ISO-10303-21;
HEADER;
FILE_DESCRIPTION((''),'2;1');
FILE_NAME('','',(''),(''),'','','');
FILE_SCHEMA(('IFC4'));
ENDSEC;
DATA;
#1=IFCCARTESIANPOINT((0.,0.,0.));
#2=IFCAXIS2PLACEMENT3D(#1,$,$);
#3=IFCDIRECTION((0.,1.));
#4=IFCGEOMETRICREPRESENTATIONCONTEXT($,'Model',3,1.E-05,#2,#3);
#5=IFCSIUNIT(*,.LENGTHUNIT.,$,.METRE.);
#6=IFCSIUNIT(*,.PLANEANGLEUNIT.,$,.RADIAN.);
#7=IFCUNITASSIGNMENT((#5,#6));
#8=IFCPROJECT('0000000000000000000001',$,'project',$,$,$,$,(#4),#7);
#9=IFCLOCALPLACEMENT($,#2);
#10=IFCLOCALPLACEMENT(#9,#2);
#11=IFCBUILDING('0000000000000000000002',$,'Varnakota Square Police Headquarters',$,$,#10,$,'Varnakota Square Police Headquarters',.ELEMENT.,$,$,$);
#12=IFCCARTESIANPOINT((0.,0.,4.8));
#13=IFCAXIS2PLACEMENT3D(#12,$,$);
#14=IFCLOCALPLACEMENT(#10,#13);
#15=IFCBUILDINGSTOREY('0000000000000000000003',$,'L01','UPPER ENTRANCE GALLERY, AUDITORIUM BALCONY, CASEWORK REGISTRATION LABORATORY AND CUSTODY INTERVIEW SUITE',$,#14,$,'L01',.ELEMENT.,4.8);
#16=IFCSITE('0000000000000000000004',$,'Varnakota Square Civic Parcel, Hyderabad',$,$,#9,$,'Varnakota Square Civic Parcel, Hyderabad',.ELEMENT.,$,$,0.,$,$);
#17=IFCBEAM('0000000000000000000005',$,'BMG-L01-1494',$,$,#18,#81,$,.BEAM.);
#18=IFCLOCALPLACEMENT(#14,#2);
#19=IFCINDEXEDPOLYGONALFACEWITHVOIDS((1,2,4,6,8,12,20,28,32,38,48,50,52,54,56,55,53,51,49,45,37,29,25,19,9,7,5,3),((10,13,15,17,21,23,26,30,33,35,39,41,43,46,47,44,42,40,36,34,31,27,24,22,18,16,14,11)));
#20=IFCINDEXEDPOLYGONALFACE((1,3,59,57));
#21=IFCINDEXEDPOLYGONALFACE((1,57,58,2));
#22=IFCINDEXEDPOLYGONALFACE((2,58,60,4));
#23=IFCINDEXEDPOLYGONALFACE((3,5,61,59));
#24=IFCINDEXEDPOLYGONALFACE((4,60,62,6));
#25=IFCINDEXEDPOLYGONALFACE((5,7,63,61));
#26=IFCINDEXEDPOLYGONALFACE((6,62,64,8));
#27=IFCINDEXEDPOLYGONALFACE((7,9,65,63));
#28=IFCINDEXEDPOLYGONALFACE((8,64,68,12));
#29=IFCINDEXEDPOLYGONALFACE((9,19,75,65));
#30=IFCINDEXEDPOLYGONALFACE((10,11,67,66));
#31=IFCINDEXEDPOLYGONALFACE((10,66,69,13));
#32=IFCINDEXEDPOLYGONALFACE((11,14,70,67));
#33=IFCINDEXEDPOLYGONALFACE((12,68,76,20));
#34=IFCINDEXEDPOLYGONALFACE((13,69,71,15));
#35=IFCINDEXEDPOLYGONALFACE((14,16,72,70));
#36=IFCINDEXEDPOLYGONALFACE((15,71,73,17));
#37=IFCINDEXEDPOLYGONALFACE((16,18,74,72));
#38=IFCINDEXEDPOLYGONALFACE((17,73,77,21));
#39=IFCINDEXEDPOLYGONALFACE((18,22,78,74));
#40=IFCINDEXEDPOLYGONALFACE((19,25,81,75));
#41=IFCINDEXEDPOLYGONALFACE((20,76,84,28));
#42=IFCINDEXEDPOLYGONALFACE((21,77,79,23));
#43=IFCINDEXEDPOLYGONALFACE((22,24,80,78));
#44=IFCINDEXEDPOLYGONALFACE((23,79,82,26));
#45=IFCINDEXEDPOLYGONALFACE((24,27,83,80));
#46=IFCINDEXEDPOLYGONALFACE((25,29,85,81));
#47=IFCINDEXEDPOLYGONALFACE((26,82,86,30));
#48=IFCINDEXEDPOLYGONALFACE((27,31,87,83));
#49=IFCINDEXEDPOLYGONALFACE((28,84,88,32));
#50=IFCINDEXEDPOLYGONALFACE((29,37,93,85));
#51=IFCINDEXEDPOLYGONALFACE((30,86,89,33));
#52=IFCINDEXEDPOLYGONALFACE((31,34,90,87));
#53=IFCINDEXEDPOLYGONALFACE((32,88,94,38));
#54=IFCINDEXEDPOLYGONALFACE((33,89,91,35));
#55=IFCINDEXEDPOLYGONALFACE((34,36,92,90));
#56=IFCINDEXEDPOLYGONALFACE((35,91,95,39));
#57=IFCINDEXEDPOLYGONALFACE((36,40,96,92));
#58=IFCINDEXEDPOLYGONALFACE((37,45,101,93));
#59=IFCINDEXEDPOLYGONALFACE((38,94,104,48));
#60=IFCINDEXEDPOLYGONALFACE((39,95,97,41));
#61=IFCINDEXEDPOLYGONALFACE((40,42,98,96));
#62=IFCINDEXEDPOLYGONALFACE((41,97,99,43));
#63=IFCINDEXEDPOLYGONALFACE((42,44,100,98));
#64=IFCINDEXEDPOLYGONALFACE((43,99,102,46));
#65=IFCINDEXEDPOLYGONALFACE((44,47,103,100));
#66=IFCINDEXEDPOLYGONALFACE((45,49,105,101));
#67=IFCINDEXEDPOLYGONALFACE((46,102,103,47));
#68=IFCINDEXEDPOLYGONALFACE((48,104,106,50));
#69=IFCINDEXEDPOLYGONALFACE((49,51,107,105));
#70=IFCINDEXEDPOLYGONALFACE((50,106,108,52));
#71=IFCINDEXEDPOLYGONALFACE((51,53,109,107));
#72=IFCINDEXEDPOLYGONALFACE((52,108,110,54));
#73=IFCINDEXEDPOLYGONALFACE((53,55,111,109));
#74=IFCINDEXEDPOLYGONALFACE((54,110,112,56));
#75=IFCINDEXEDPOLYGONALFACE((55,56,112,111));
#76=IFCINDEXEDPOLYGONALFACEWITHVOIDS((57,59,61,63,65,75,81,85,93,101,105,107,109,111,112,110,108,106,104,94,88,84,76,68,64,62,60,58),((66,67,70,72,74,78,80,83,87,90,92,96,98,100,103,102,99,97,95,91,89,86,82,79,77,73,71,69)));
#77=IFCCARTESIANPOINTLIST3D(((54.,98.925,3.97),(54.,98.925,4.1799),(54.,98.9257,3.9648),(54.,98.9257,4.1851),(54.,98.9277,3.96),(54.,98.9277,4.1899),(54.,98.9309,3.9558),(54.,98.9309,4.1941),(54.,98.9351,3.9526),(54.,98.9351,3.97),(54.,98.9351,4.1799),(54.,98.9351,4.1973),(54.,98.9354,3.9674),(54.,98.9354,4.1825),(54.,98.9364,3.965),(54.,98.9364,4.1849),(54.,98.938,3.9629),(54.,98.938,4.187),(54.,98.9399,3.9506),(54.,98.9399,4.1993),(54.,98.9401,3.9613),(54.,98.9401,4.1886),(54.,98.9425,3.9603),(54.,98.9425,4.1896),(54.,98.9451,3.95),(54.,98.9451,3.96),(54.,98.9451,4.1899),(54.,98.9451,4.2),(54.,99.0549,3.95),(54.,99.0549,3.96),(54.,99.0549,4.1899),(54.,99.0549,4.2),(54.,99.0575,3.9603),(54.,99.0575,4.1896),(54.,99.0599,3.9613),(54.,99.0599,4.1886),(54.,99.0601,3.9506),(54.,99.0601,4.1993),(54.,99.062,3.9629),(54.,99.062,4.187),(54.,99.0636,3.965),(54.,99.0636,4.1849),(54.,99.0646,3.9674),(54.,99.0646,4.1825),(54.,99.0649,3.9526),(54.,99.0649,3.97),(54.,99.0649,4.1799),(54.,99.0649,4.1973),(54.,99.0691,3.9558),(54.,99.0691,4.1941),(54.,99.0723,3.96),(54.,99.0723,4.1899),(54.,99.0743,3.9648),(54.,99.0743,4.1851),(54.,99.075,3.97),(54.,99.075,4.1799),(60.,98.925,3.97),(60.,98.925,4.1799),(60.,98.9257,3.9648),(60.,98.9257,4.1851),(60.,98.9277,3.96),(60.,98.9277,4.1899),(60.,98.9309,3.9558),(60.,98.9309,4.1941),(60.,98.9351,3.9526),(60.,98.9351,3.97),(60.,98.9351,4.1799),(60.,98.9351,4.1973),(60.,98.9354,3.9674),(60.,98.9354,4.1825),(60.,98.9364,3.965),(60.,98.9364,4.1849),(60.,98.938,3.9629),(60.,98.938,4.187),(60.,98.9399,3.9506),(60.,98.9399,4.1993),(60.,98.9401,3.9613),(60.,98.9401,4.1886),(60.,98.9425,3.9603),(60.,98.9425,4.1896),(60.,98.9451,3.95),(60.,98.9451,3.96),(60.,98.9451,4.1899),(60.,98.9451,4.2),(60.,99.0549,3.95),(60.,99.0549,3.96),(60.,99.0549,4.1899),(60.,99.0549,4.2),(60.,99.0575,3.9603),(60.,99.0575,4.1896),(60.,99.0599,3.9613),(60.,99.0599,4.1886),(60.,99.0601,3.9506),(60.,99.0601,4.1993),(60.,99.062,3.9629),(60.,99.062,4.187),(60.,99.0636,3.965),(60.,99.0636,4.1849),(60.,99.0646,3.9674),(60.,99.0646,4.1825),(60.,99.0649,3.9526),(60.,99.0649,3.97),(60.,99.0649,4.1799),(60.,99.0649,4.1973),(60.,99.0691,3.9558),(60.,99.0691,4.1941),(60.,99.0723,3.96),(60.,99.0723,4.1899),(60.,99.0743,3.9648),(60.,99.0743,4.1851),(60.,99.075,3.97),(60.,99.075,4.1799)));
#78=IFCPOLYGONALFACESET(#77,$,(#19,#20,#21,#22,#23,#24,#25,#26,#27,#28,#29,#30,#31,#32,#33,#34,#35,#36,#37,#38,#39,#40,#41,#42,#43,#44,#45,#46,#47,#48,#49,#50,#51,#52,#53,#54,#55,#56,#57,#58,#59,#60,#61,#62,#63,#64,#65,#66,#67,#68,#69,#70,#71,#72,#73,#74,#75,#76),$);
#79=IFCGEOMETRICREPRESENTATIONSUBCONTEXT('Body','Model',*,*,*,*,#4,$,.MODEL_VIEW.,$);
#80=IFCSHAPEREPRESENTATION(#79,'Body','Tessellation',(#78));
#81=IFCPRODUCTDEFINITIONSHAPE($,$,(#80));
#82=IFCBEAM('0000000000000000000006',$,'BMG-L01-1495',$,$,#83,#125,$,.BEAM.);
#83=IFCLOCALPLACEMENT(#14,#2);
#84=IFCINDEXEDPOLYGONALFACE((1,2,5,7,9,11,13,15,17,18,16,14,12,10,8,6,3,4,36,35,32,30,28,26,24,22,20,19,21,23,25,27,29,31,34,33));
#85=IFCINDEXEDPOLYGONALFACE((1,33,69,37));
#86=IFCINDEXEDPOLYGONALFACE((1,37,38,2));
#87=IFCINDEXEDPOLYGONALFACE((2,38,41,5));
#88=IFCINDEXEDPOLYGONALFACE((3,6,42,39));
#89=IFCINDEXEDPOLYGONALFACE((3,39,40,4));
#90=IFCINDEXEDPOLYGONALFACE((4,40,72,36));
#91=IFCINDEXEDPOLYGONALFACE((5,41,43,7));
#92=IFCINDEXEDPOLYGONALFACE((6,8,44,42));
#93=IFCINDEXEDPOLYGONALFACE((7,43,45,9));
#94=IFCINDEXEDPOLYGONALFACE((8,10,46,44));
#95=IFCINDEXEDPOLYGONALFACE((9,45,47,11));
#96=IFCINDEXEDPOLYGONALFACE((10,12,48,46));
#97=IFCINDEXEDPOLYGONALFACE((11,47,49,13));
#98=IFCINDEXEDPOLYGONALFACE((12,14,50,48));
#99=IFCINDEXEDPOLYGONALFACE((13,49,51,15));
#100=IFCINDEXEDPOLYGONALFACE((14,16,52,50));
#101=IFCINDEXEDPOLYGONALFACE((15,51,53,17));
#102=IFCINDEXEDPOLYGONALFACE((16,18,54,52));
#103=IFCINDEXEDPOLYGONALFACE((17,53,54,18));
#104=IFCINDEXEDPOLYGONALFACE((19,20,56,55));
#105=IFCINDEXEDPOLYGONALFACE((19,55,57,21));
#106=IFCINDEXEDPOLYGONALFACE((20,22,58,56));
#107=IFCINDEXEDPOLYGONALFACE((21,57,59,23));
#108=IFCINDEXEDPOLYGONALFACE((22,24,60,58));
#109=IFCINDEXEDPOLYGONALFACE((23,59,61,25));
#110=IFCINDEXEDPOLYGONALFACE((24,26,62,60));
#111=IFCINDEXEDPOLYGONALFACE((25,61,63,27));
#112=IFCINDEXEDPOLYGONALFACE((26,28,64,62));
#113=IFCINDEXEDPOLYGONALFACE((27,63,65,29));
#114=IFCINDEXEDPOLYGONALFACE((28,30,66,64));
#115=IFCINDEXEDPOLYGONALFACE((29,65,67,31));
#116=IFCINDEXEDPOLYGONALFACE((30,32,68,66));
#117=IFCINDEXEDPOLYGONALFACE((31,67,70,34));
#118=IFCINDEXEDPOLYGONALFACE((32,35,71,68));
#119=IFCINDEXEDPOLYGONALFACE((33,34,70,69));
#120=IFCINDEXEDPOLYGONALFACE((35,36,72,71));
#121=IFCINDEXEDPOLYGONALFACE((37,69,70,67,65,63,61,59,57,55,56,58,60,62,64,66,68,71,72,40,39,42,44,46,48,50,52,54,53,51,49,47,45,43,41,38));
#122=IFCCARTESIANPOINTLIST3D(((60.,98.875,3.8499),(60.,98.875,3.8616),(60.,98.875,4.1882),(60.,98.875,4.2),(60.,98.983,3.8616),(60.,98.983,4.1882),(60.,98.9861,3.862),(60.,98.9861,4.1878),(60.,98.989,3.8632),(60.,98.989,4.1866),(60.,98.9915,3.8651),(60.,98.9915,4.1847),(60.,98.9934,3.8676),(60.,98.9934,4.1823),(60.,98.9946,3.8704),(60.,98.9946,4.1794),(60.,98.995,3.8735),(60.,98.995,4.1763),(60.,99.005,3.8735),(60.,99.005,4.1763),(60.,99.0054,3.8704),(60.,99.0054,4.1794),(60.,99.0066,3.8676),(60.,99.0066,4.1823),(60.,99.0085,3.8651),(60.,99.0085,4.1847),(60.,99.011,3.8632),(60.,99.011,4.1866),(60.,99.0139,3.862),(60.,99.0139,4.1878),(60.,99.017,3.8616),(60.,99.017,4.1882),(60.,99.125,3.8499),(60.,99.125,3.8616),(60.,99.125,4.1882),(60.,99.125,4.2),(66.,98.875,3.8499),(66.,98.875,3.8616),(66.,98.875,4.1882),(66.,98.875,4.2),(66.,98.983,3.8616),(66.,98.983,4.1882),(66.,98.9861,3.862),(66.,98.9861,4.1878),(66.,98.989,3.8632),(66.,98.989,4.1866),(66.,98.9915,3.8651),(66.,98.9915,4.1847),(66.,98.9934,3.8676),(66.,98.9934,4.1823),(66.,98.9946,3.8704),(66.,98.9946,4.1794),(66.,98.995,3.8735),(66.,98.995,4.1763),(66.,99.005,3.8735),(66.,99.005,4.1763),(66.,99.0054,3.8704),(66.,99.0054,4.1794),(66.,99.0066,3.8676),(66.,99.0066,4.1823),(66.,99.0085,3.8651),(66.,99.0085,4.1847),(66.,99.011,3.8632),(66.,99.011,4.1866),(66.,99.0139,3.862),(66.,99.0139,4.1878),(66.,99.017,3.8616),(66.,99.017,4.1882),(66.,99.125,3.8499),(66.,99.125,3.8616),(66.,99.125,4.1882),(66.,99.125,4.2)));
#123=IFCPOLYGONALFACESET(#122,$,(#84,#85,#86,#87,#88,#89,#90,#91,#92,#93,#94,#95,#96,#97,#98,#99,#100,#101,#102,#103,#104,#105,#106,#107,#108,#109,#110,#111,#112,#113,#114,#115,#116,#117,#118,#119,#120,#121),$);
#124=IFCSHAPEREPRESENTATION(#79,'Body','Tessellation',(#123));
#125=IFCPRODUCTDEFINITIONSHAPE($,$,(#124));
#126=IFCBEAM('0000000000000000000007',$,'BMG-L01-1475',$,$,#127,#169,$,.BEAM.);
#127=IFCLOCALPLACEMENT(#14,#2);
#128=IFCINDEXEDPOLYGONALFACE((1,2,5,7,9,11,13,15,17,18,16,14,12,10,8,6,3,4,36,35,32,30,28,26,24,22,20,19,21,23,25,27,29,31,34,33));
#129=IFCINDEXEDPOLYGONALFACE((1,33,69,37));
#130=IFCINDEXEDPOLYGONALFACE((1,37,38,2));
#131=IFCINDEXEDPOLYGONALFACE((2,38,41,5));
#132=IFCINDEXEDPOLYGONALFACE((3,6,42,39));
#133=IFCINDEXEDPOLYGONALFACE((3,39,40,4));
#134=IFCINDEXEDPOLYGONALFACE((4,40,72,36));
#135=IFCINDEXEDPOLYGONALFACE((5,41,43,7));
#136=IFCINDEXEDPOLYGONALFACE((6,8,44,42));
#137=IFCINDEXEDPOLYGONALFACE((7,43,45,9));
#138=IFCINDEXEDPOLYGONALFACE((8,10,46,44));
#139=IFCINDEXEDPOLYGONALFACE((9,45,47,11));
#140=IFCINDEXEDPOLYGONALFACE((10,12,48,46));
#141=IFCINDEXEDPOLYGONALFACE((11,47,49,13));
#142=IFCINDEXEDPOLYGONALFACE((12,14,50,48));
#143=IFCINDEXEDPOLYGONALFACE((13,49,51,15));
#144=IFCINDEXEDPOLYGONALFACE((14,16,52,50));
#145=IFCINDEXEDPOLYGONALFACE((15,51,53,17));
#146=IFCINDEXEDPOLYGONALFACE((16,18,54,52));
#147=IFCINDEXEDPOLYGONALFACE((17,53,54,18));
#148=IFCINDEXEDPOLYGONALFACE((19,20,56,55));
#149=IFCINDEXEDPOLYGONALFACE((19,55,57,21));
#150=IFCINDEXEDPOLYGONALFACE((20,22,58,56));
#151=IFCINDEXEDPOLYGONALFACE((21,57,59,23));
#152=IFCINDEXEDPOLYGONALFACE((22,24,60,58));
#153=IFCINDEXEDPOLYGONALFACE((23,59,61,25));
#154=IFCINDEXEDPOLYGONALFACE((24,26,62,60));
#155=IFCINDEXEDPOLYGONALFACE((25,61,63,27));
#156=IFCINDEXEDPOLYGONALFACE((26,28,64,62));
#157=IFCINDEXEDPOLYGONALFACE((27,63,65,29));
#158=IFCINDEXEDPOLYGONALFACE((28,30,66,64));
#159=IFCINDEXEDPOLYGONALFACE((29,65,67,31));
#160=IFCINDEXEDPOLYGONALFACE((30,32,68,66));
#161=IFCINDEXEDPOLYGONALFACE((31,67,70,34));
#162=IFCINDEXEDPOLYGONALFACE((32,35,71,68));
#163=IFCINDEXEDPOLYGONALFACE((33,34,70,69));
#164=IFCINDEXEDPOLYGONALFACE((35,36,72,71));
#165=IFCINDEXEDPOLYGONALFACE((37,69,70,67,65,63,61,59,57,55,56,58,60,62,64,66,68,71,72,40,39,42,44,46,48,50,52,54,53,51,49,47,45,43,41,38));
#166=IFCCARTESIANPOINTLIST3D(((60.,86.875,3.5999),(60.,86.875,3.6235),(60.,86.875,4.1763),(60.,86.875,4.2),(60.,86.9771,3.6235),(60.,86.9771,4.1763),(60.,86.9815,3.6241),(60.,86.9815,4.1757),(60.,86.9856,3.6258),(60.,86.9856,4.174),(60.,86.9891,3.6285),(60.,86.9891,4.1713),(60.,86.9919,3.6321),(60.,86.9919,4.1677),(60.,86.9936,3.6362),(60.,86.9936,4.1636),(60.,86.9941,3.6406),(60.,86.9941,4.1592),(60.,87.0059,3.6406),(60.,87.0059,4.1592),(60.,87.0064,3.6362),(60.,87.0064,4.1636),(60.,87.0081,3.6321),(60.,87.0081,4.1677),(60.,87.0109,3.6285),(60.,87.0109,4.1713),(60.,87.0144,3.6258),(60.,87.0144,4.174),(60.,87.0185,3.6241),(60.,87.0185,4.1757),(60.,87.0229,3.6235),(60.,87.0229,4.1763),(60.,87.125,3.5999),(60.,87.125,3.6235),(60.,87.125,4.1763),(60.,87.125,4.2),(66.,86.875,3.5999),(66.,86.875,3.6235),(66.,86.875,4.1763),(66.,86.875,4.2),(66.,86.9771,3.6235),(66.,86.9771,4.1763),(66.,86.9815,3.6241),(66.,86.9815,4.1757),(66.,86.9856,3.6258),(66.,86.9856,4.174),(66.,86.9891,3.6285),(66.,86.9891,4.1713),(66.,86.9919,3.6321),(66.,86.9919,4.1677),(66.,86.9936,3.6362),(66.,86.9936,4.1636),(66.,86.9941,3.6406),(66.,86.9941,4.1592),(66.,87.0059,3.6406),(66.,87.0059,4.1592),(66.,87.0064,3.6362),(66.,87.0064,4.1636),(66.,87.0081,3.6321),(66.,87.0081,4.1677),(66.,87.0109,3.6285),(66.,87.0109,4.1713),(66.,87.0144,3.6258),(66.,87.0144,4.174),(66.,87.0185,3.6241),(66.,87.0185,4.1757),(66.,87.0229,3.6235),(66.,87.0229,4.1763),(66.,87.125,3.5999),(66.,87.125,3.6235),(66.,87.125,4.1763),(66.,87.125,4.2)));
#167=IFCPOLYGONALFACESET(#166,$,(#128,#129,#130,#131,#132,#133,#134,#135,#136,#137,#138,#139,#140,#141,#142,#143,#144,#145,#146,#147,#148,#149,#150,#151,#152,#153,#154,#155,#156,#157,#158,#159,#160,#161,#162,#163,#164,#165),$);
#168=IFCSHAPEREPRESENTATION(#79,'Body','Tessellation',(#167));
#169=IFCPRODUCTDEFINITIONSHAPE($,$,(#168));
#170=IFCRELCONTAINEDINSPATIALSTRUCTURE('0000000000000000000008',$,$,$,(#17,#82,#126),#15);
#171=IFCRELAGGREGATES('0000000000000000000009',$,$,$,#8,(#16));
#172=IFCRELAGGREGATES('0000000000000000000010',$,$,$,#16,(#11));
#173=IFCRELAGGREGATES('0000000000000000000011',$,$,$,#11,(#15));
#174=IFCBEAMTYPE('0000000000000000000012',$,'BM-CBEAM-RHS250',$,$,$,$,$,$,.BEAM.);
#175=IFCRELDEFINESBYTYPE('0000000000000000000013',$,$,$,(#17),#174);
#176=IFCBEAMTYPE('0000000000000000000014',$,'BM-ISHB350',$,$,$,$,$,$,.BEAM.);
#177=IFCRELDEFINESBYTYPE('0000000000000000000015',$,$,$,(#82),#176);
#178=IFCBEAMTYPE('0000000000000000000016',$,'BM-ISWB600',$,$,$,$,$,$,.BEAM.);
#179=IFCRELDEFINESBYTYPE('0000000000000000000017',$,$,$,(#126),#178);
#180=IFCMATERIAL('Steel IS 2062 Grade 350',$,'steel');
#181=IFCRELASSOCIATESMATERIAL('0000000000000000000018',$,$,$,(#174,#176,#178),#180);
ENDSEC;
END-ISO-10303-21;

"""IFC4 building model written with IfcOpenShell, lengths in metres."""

from ifc_helpers import new_model, si_unit, direction, frame, origin, origin_2d, place, context, subcontext, project, spatial, hollow_rectangle, i_section, extrude, material, material_profile, profile_set, type_object, element, save


model = new_model("IFC4")

# Units and contexts
model_context = context("Model", 3, precision=1e-05, world=origin(), true_north=direction((0.0, 1.0)))
body_context = subcontext(model_context, "Body", "Model", "MODEL_VIEW")
ifc_project = project(units=[si_unit("LENGTHUNIT", "METRE"), si_unit("PLANEANGLEUNIT", "RADIAN")], contexts=[model_context])

# Site, building, storey
site_placement = place(None, origin())
site = spatial("IfcSite", under=ifc_project, at=site_placement, Name="Varnakota Square Civic Parcel, Hyderabad", LongName="Varnakota Square Civic Parcel, Hyderabad", CompositionType="ELEMENT", RefElevation=0.0)
building_placement = place(site_placement, origin())
building = spatial("IfcBuilding", under=site, at=building_placement, Name="Varnakota Square Police Headquarters", LongName="Varnakota Square Police Headquarters", CompositionType="ELEMENT")
storey_placement = place(building_placement, frame((0.0, 0.0, 4.8)))
storey = spatial("IfcBuildingStorey", under=building, at=storey_placement, Name="L01", Description="UPPER ENTRANCE GALLERY, AUDITORIUM BALCONY, CASEWORK REGISTRATION LABORATORY AND CUSTODY INTERVIEW SUITE", LongName="L01", CompositionType="ELEMENT", Elevation=4.8)

# Shared definitions
ifc_material_1 = material(Name="Steel IS 2062 Grade 350", Category="steel")

# Beams
ifc_material_profile_1 = material_profile(ifc_material_1, hollow_rectangle(XDim=0.1499, YDim=0.25, WallThickness=0.01, InnerFilletRadius=0.01, OuterFilletRadius=0.02, at=origin_2d()), Name="RHS 250x150x10")
ifc_profile_set_1 = profile_set([ifc_material_profile_1], Name="Steel IS 2062 Grade 350")
beam_type_1 = type_object("IfcBeamType", Name="BM-CBEAM-RHS250", PredefinedType="BEAM", material=ifc_profile_set_1)
beam_1_placement = place(storey_placement, frame((54.0, 99.0, 4.075), z_axis=(1.0, 0.0, 0.0), x_axis=(0.0, 1.0, 0.0)))
element("IfcBeam", 1, at=beam_1_placement, inside=storey, type_object=beam_type_1, Name="BMG-L01-1494", PredefinedType="BEAM", context=body_context, shape_type="SweptSolid", body=[
    extrude(hollow_rectangle(XDim=0.1499, YDim=0.25, WallThickness=0.01, InnerFilletRadius=0.01, OuterFilletRadius=0.02, at=origin_2d()), origin(), (0.0, 0.0, 1.0), 6.0),
])
ifc_material_profile_2 = material_profile(ifc_material_1, i_section(OverallWidth=0.25, OverallDepth=0.3501, WebThickness=0.01, FlangeThickness=0.0117, FilletRadius=0.012, at=origin_2d()), Name="ISHB 350")
ifc_profile_set_2 = profile_set([ifc_material_profile_2], Name="Steel IS 2062 Grade 350")
beam_type_2 = type_object("IfcBeamType", Name="BM-ISHB350", PredefinedType="BEAM", material=ifc_profile_set_2)
beam_2_placement = place(storey_placement, frame((60.0, 99.0, 4.0249), z_axis=(1.0, 0.0, 0.0), x_axis=(0.0, 1.0, 0.0)))
element("IfcBeam", 2, at=beam_2_placement, inside=storey, type_object=beam_type_2, Name="BMG-L01-1495", PredefinedType="BEAM", context=body_context, shape_type="SweptSolid", body=[
    extrude(i_section(OverallWidth=0.25, OverallDepth=0.3501, WebThickness=0.01, FlangeThickness=0.0117, FilletRadius=0.012, at=origin_2d()), origin(), (0.0, 0.0, 1.0), 6.0),
])
ifc_material_profile_3 = material_profile(ifc_material_1, i_section(OverallWidth=0.25, OverallDepth=0.6001, WebThickness=0.0117, FlangeThickness=0.0237, FilletRadius=0.0171, at=origin_2d()), Name="ISWB 600")
ifc_profile_set_3 = profile_set([ifc_material_profile_3], Name="Steel IS 2062 Grade 350")
beam_type_3 = type_object("IfcBeamType", Name="BM-ISWB600", PredefinedType="BEAM", material=ifc_profile_set_3)
beam_3_placement = place(storey_placement, frame((60.0, 87.0, 3.8999), z_axis=(1.0, 0.0, 0.0), x_axis=(0.0, 1.0, 0.0)))
element("IfcBeam", 3, at=beam_3_placement, inside=storey, type_object=beam_type_3, Name="BMG-L01-1475", PredefinedType="BEAM", context=body_context, shape_type="SweptSolid", body=[
    extrude(i_section(OverallWidth=0.25, OverallDepth=0.6001, WebThickness=0.0117, FlangeThickness=0.0237, FilletRadius=0.0171, at=origin_2d()), origin(), (0.0, 0.0, 1.0), 6.0),
])

save(model, "model.ifc")
